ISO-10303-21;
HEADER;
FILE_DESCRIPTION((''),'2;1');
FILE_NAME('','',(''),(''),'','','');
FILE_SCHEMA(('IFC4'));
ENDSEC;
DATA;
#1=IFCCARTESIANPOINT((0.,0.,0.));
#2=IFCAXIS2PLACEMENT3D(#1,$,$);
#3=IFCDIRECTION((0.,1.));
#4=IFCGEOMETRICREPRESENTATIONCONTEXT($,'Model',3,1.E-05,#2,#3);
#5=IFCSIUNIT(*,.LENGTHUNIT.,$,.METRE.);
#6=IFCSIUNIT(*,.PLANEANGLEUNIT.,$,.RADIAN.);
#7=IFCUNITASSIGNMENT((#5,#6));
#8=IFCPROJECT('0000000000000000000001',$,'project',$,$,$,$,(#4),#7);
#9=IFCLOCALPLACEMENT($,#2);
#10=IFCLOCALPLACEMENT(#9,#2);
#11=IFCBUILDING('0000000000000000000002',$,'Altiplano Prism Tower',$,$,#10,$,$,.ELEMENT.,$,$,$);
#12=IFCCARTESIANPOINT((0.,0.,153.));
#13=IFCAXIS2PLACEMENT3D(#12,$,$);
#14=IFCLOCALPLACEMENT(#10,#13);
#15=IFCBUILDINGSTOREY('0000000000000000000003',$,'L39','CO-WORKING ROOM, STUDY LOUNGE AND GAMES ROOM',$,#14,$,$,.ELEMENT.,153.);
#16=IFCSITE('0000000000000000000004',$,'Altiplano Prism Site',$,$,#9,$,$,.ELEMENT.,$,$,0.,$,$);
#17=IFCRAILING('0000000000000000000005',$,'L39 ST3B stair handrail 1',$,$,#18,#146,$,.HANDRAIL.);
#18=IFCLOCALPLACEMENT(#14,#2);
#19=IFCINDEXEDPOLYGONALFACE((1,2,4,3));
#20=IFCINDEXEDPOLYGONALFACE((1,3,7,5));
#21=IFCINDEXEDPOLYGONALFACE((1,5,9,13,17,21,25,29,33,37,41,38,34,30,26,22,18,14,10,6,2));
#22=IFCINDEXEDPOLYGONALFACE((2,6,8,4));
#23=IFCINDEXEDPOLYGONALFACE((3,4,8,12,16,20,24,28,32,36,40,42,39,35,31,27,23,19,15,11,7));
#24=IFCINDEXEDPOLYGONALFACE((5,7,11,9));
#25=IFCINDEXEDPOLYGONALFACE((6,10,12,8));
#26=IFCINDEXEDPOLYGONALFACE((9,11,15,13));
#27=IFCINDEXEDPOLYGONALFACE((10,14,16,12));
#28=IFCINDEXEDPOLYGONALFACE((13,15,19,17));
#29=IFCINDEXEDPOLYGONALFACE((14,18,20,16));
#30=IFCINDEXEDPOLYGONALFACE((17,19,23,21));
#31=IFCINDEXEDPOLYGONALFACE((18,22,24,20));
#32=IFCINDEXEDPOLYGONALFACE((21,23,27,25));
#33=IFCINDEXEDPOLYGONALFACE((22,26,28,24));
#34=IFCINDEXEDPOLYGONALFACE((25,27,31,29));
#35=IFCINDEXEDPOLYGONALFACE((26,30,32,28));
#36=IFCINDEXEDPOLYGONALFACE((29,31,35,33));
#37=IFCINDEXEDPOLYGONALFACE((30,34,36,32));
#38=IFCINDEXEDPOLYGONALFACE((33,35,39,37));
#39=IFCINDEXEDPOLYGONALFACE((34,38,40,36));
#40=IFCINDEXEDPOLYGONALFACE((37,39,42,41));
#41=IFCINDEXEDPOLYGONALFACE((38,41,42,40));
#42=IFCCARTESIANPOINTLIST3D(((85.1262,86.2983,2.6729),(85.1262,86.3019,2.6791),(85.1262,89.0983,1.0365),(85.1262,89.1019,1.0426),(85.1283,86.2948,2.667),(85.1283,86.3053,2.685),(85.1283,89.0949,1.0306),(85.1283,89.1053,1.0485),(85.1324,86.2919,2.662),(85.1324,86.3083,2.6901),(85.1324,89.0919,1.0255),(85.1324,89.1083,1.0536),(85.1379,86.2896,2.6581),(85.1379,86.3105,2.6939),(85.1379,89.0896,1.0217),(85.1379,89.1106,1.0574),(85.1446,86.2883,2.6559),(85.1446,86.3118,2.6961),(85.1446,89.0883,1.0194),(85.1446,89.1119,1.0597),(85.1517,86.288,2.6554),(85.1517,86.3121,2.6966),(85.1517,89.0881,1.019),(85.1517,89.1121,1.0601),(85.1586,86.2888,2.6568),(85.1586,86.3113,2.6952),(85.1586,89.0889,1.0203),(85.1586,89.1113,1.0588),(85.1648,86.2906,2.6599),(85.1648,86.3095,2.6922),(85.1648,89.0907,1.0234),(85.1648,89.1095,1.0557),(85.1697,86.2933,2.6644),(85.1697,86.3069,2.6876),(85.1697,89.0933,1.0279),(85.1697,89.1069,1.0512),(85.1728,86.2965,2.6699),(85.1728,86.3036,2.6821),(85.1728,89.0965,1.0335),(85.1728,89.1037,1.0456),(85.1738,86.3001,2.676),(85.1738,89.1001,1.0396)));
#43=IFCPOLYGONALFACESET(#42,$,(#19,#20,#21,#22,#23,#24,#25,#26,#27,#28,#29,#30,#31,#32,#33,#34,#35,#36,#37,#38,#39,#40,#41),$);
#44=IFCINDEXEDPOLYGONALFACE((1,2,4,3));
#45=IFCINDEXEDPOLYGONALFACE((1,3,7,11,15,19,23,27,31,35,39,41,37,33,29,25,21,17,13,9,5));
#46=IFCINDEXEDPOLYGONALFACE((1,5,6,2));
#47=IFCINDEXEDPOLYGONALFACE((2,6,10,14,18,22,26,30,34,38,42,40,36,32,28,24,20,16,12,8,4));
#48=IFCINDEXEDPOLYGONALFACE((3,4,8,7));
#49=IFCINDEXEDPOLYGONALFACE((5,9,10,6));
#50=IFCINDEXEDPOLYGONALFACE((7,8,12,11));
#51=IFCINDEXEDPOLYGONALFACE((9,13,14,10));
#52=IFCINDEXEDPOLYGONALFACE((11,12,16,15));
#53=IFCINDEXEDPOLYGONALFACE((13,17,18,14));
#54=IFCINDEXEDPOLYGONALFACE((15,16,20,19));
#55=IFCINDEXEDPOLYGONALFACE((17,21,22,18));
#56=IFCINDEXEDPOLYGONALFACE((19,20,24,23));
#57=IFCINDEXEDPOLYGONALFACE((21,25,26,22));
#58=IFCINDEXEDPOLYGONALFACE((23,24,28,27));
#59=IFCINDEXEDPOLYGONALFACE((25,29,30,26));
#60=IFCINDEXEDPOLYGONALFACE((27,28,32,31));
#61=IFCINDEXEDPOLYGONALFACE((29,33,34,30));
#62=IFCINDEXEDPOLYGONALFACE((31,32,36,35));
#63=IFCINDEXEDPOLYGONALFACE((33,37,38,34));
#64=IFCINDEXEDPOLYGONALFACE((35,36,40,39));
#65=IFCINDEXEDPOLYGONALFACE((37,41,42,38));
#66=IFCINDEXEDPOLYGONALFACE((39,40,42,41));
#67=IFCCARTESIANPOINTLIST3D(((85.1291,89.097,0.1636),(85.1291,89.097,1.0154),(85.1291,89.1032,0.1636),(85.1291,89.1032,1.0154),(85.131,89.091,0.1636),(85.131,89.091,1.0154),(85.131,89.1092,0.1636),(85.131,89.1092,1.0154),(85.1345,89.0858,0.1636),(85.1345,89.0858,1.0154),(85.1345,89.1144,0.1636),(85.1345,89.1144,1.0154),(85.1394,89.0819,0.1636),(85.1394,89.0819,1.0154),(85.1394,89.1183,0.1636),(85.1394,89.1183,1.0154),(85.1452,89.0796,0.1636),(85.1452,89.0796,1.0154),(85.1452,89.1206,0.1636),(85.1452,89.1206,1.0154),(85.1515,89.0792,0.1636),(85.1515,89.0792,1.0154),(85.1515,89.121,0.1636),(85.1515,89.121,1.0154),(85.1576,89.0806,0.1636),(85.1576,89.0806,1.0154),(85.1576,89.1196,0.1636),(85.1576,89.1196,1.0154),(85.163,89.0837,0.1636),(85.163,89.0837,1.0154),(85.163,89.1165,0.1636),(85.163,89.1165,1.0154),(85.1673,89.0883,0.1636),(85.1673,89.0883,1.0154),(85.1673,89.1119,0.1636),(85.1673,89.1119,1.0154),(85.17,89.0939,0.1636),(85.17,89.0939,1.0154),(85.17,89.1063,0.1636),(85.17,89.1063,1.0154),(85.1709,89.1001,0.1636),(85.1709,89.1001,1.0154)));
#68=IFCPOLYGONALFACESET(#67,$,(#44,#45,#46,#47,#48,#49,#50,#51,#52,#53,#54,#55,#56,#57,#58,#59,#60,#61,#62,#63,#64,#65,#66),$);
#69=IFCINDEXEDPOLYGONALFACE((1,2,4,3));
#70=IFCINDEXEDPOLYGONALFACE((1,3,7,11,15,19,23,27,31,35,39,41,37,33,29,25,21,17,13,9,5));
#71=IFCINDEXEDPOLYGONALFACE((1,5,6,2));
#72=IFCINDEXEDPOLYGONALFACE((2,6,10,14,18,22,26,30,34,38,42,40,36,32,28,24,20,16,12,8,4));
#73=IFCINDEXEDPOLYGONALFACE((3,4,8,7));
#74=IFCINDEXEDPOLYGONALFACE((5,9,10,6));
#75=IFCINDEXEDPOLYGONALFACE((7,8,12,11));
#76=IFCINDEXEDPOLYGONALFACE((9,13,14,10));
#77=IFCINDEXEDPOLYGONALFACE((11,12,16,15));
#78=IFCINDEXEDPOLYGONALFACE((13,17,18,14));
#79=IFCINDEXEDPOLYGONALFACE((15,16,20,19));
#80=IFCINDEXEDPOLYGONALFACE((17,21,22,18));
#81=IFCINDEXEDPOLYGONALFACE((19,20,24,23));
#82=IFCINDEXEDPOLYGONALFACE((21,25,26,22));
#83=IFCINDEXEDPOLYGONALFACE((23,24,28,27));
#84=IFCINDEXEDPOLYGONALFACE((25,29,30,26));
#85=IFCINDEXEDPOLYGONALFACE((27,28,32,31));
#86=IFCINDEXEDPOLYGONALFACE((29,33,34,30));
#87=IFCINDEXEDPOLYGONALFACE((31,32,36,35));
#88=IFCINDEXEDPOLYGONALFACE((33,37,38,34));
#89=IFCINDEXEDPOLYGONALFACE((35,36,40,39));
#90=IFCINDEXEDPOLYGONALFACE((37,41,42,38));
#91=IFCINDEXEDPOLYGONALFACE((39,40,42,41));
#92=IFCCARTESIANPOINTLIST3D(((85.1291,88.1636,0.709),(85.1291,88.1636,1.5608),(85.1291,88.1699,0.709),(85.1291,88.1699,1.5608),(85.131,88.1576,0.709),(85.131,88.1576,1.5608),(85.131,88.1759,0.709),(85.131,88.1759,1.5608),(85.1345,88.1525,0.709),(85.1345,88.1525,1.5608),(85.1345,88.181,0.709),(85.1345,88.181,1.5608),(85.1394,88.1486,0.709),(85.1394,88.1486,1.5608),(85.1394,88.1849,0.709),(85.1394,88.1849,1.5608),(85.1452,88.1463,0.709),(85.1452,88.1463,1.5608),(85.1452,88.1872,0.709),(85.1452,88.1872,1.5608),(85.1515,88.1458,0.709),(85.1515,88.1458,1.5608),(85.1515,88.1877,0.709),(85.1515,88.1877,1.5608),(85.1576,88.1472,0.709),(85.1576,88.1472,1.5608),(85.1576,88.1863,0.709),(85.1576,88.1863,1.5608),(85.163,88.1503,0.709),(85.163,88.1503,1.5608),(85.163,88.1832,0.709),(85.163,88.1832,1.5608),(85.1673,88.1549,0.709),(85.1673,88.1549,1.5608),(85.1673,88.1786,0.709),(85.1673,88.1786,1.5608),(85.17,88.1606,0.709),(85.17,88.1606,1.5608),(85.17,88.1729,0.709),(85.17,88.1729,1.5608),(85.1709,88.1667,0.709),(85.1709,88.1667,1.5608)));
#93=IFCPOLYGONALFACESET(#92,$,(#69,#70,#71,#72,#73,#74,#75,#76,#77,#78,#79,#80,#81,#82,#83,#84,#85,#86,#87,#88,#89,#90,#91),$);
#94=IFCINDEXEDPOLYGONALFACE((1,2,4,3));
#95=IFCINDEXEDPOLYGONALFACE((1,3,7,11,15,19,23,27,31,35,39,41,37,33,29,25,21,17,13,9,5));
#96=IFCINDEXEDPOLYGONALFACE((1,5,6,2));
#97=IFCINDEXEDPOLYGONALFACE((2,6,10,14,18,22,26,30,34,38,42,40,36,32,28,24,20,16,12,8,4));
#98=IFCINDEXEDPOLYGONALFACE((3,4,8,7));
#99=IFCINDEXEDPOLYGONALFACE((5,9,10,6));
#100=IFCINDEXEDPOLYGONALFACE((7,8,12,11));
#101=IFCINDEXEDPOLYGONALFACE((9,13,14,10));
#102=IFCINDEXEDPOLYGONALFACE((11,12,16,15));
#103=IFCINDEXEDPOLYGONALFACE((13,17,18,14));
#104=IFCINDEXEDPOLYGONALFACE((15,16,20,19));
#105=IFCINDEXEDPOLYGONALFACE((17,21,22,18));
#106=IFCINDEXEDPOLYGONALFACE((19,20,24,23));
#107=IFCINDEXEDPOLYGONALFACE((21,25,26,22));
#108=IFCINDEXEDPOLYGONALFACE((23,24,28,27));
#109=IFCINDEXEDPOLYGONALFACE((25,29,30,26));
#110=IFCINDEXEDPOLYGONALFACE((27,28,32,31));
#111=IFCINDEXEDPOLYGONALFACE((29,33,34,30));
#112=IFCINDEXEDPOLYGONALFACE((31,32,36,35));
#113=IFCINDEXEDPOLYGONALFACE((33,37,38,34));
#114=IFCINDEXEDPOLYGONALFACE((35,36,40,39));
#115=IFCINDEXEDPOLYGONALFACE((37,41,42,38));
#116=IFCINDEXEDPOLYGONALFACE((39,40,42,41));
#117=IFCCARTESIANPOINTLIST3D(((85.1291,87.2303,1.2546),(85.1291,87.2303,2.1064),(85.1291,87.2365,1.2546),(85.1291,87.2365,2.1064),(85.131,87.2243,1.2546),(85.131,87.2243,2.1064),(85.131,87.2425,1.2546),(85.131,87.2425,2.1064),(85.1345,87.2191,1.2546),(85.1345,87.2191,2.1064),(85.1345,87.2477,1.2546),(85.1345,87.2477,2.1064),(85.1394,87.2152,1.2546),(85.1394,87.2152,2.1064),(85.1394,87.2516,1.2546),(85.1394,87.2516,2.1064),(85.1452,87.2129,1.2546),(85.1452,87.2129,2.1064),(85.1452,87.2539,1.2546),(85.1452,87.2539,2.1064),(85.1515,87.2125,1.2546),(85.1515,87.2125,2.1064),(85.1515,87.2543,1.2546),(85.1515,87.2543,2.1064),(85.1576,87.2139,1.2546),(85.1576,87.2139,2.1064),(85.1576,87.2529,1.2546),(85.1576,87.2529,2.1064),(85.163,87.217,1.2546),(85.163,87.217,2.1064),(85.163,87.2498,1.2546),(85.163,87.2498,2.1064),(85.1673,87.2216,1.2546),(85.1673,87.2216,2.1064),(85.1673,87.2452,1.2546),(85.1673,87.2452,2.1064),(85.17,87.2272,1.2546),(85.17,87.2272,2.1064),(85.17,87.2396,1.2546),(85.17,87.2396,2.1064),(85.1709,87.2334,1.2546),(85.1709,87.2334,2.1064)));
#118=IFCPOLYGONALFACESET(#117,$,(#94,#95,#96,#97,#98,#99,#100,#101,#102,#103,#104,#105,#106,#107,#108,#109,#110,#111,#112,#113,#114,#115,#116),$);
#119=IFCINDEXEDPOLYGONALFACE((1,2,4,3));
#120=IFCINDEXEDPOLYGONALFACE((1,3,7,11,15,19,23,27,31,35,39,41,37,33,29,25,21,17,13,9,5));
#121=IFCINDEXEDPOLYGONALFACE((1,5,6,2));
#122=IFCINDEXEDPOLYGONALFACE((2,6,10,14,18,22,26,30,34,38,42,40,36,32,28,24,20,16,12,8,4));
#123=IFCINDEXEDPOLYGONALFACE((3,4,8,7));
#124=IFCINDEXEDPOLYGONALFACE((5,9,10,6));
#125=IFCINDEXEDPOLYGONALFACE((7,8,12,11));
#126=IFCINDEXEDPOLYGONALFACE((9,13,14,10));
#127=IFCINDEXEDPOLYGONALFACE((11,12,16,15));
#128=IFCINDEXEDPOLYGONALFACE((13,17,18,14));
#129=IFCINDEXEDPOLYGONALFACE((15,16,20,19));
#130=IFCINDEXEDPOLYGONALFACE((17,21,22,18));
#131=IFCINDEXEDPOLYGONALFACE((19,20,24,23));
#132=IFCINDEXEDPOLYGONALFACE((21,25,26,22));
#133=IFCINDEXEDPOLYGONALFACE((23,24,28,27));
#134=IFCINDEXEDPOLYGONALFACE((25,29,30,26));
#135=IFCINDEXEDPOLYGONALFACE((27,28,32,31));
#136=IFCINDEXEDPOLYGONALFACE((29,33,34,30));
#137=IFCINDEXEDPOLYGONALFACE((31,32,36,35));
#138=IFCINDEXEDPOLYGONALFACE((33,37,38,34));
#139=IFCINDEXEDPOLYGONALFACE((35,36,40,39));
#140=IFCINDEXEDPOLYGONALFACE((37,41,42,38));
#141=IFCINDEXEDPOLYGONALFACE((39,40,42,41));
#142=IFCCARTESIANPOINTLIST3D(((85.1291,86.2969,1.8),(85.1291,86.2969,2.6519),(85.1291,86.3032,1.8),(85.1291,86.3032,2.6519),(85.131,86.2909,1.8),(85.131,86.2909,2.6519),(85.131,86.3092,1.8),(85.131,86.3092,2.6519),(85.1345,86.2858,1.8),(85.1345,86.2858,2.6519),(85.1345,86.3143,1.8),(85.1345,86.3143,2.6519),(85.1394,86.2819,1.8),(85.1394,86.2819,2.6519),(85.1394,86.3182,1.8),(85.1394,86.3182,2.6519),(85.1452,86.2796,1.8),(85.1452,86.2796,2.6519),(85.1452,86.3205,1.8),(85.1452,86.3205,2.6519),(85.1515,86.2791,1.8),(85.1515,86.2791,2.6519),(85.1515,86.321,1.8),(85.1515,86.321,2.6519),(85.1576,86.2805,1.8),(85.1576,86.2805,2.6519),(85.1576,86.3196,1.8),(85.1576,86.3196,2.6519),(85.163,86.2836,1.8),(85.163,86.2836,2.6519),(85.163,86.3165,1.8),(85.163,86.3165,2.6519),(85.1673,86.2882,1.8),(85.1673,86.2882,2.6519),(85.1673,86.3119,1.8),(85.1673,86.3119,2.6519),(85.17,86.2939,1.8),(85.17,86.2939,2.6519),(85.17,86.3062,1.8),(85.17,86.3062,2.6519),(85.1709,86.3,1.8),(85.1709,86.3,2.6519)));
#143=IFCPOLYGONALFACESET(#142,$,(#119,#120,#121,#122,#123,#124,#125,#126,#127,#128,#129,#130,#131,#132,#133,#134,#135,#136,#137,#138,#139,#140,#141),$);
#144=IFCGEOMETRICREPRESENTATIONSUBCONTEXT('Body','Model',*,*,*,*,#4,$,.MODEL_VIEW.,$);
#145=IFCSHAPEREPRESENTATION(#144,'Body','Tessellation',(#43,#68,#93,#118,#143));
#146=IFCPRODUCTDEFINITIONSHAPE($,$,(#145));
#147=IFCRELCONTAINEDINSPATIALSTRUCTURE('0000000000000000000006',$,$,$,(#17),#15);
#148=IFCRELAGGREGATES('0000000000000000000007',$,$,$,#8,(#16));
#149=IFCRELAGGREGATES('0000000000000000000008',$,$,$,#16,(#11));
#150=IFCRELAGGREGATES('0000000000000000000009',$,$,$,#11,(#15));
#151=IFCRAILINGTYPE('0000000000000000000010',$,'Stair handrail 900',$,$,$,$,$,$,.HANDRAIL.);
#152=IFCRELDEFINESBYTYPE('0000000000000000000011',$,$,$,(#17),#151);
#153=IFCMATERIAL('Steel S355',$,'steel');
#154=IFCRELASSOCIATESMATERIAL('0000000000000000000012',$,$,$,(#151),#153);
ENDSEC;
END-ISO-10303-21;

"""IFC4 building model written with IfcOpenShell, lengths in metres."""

from ifc_helpers import new_model, si_unit, direction, frame, origin, origin_2d, place, context, subcontext, project, spatial, circle, extrude, material, type_object, element, save


model = new_model("IFC4")

# Units and contexts
model_context = context("Model", 3, precision=1e-05, world=origin(), true_north=direction((0.0, 1.0)))
body_context = subcontext(model_context, "Body", "Model", "MODEL_VIEW")
ifc_project = project(units=[si_unit("LENGTHUNIT", "METRE"), si_unit("PLANEANGLEUNIT", "RADIAN")], contexts=[model_context])

# Site, building, storey
site_placement = place(None, origin())
site = spatial("IfcSite", under=ifc_project, at=site_placement, Name="Altiplano Prism Site", CompositionType="ELEMENT", RefElevation=0.0)
building_placement = place(site_placement, origin())
building = spatial("IfcBuilding", under=site, at=building_placement, Name="Altiplano Prism Tower", CompositionType="ELEMENT")
storey_placement = place(building_placement, frame((0.0, 0.0, 153.0)))
storey = spatial("IfcBuildingStorey", under=building, at=storey_placement, Name="L39", Description="CO-WORKING ROOM, STUDY LOUNGE AND GAMES ROOM", CompositionType="ELEMENT", Elevation=153.0)

# Railing
ifc_material_1 = material(Name="Steel S355", Category="steel")
railing_type_1 = type_object("IfcRailingType", Name="Stair handrail 900", PredefinedType="HANDRAIL", material=ifc_material_1)
railing_1_placement = place(storey_placement, frame((85.1499, 89.1001, 0.1636)))
element("IfcRailing", 1, at=railing_1_placement, inside=storey, type_object=railing_type_1, Name="L39 ST3B stair handrail 1", PredefinedType="HANDRAIL", context=body_context, shape_type="SweptSolid", body=[
    extrude(circle(Radius=0.0239, at=origin_2d()), frame((0.0, 0.0, 0.876), z_axis=(0.0, -0.863361, 0.504587), x_axis=(1.0, 0.0, 0.0)), (0.0, 0.0, 1.0), 3.2432),
    extrude(circle(Radius=0.021, at=origin_2d()), origin(), (0.0, 0.0, 1.0), 0.8518),
    extrude(circle(Radius=0.021, at=origin_2d()), frame((0.0, -0.9333, 0.5454)), (0.0, 0.0, 1.0), 0.8518),
    extrude(circle(Radius=0.021, at=origin_2d()), frame((0.0, -1.8667, 1.0911)), (0.0, 0.0, 1.0), 0.8518),
    extrude(circle(Radius=0.021, at=origin_2d()), frame((0.0, -2.8, 1.6365)), (0.0, 0.0, 1.0), 0.8518),
])

save(model, "model.ifc")
